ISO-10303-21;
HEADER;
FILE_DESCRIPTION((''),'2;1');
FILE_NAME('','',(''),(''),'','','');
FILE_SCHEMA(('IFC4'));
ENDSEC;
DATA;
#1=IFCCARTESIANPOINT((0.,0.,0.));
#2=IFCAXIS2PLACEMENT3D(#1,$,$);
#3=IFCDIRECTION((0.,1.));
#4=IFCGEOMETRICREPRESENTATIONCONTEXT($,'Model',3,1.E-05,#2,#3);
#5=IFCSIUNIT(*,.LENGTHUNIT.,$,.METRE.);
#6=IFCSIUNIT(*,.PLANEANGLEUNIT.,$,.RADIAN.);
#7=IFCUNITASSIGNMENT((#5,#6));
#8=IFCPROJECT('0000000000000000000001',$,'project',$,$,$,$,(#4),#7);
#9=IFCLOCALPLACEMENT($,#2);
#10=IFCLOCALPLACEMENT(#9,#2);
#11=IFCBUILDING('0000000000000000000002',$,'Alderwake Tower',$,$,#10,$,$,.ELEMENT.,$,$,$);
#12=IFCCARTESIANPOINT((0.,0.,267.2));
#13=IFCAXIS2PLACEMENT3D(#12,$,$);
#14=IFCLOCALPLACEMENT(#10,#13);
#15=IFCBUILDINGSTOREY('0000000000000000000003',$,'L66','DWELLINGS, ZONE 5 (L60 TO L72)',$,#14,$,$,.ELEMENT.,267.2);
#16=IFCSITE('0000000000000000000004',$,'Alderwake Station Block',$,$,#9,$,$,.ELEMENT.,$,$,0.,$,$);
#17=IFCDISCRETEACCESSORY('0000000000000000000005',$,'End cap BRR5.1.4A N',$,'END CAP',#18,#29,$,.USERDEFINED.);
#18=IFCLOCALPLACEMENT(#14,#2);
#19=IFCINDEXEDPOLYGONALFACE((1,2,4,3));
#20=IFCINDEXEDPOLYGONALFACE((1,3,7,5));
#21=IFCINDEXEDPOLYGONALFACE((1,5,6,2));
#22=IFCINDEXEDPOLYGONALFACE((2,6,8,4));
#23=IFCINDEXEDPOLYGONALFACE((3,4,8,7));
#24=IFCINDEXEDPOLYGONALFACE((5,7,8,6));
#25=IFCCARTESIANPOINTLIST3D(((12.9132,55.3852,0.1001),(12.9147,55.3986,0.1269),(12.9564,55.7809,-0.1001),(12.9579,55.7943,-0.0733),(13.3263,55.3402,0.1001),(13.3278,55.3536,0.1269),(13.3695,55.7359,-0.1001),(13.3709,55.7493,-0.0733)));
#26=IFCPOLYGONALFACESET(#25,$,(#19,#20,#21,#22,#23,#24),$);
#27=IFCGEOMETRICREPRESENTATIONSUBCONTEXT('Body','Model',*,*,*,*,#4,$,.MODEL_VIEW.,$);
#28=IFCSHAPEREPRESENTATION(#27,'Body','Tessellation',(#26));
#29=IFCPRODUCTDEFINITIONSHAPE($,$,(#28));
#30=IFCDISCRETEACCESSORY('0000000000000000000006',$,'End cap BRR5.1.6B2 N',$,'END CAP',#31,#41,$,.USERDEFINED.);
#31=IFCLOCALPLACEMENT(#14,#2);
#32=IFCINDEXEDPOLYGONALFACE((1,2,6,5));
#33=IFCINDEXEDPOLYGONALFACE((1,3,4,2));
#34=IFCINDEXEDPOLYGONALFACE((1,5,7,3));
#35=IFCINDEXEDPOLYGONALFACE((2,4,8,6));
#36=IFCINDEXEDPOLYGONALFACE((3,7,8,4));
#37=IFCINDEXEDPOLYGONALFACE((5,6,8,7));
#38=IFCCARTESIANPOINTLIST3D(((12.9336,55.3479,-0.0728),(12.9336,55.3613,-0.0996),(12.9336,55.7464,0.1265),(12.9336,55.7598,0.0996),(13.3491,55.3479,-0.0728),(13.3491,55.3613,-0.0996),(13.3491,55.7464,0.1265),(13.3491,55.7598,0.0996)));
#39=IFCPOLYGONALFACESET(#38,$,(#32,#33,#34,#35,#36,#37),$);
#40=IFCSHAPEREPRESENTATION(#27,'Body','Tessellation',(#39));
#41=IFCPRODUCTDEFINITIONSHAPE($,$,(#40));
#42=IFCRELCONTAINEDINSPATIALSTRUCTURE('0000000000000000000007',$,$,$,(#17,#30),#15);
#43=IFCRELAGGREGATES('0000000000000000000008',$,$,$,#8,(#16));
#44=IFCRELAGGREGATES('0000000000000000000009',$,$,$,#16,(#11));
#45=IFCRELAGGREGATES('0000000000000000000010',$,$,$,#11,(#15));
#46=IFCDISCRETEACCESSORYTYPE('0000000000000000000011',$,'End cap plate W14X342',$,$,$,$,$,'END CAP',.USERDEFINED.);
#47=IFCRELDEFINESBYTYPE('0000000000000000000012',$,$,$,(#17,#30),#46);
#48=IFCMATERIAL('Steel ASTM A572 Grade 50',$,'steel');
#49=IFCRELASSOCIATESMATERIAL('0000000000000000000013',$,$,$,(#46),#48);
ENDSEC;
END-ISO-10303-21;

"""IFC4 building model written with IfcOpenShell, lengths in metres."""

from ifc_helpers import new_model, si_unit, direction, frame, origin, origin_2d, place, context, subcontext, project, spatial, rectangle, extrude, material, material_profile, profile_set, type_object, element, save


model = new_model("IFC4")

# Units and contexts
model_context = context("Model", 3, precision=1e-05, world=origin(), true_north=direction((0.0, 1.0)))
body_context = subcontext(model_context, "Body", "Model", "MODEL_VIEW")
ifc_project = project(units=[si_unit("LENGTHUNIT", "METRE"), si_unit("PLANEANGLEUNIT", "RADIAN")], contexts=[model_context])

# Site, building, storey
site_placement = place(None, origin())
site = spatial("IfcSite", under=ifc_project, at=site_placement, Name="Alderwake Station Block", CompositionType="ELEMENT", RefElevation=0.0)
building_placement = place(site_placement, origin())
building = spatial("IfcBuilding", under=site, at=building_placement, Name="Alderwake Tower", CompositionType="ELEMENT")
storey_placement = place(building_placement, frame((0.0, 0.0, 267.2)))
storey = spatial("IfcBuildingStorey", under=building, at=storey_placement, Name="L66", Description="DWELLINGS, ZONE 5 (L60 TO L72)", CompositionType="ELEMENT", Elevation=267.2)

# Discrete accessories
ifc_material_1 = material(Name="Steel ASTM A572 Grade 50", Category="steel")
ifc_material_profile_1 = material_profile(ifc_material_1, rectangle(XDim=0.4155, YDim=0.4456, at=origin_2d()), Name="W14X342 cap")
ifc_profile_set_1 = profile_set([ifc_material_profile_1], Name="Steel ASTM A572 Grade 50")
discrete_accessory_type = type_object("IfcDiscreteAccessoryType", Name="End cap plate W14X342", ElementType="END CAP", PredefinedType="USERDEFINED", material=ifc_profile_set_1)
for number, where, z_axis, x_axis, name in (
    (1, (13.1414, 55.5605, 0.0), (0.048729, 0.446682, 0.893365), (-0.994102, 0.108448, 0.0), "End cap BRR5.1.4A N"),
    (2, (13.1414, 55.5605, 0.0), (0.0, -0.447214, 0.894427), (1.0, 0.0, 0.0), "End cap BRR5.1.6B2 N"),
):
    element("IfcDiscreteAccessory", number, at=place(storey_placement, frame(where, z_axis=z_axis, x_axis=x_axis)), inside=storey, type_object=discrete_accessory_type, Name=name, ObjectType="END CAP", PredefinedType="USERDEFINED", context=body_context, shape_type="SweptSolid", body=[
        extrude(rectangle(XDim=0.4155, YDim=0.4456, at=origin_2d()), origin(), (0.0, 0.0, 1.0), 0.03),
    ])

save(model, "model.ifc")
